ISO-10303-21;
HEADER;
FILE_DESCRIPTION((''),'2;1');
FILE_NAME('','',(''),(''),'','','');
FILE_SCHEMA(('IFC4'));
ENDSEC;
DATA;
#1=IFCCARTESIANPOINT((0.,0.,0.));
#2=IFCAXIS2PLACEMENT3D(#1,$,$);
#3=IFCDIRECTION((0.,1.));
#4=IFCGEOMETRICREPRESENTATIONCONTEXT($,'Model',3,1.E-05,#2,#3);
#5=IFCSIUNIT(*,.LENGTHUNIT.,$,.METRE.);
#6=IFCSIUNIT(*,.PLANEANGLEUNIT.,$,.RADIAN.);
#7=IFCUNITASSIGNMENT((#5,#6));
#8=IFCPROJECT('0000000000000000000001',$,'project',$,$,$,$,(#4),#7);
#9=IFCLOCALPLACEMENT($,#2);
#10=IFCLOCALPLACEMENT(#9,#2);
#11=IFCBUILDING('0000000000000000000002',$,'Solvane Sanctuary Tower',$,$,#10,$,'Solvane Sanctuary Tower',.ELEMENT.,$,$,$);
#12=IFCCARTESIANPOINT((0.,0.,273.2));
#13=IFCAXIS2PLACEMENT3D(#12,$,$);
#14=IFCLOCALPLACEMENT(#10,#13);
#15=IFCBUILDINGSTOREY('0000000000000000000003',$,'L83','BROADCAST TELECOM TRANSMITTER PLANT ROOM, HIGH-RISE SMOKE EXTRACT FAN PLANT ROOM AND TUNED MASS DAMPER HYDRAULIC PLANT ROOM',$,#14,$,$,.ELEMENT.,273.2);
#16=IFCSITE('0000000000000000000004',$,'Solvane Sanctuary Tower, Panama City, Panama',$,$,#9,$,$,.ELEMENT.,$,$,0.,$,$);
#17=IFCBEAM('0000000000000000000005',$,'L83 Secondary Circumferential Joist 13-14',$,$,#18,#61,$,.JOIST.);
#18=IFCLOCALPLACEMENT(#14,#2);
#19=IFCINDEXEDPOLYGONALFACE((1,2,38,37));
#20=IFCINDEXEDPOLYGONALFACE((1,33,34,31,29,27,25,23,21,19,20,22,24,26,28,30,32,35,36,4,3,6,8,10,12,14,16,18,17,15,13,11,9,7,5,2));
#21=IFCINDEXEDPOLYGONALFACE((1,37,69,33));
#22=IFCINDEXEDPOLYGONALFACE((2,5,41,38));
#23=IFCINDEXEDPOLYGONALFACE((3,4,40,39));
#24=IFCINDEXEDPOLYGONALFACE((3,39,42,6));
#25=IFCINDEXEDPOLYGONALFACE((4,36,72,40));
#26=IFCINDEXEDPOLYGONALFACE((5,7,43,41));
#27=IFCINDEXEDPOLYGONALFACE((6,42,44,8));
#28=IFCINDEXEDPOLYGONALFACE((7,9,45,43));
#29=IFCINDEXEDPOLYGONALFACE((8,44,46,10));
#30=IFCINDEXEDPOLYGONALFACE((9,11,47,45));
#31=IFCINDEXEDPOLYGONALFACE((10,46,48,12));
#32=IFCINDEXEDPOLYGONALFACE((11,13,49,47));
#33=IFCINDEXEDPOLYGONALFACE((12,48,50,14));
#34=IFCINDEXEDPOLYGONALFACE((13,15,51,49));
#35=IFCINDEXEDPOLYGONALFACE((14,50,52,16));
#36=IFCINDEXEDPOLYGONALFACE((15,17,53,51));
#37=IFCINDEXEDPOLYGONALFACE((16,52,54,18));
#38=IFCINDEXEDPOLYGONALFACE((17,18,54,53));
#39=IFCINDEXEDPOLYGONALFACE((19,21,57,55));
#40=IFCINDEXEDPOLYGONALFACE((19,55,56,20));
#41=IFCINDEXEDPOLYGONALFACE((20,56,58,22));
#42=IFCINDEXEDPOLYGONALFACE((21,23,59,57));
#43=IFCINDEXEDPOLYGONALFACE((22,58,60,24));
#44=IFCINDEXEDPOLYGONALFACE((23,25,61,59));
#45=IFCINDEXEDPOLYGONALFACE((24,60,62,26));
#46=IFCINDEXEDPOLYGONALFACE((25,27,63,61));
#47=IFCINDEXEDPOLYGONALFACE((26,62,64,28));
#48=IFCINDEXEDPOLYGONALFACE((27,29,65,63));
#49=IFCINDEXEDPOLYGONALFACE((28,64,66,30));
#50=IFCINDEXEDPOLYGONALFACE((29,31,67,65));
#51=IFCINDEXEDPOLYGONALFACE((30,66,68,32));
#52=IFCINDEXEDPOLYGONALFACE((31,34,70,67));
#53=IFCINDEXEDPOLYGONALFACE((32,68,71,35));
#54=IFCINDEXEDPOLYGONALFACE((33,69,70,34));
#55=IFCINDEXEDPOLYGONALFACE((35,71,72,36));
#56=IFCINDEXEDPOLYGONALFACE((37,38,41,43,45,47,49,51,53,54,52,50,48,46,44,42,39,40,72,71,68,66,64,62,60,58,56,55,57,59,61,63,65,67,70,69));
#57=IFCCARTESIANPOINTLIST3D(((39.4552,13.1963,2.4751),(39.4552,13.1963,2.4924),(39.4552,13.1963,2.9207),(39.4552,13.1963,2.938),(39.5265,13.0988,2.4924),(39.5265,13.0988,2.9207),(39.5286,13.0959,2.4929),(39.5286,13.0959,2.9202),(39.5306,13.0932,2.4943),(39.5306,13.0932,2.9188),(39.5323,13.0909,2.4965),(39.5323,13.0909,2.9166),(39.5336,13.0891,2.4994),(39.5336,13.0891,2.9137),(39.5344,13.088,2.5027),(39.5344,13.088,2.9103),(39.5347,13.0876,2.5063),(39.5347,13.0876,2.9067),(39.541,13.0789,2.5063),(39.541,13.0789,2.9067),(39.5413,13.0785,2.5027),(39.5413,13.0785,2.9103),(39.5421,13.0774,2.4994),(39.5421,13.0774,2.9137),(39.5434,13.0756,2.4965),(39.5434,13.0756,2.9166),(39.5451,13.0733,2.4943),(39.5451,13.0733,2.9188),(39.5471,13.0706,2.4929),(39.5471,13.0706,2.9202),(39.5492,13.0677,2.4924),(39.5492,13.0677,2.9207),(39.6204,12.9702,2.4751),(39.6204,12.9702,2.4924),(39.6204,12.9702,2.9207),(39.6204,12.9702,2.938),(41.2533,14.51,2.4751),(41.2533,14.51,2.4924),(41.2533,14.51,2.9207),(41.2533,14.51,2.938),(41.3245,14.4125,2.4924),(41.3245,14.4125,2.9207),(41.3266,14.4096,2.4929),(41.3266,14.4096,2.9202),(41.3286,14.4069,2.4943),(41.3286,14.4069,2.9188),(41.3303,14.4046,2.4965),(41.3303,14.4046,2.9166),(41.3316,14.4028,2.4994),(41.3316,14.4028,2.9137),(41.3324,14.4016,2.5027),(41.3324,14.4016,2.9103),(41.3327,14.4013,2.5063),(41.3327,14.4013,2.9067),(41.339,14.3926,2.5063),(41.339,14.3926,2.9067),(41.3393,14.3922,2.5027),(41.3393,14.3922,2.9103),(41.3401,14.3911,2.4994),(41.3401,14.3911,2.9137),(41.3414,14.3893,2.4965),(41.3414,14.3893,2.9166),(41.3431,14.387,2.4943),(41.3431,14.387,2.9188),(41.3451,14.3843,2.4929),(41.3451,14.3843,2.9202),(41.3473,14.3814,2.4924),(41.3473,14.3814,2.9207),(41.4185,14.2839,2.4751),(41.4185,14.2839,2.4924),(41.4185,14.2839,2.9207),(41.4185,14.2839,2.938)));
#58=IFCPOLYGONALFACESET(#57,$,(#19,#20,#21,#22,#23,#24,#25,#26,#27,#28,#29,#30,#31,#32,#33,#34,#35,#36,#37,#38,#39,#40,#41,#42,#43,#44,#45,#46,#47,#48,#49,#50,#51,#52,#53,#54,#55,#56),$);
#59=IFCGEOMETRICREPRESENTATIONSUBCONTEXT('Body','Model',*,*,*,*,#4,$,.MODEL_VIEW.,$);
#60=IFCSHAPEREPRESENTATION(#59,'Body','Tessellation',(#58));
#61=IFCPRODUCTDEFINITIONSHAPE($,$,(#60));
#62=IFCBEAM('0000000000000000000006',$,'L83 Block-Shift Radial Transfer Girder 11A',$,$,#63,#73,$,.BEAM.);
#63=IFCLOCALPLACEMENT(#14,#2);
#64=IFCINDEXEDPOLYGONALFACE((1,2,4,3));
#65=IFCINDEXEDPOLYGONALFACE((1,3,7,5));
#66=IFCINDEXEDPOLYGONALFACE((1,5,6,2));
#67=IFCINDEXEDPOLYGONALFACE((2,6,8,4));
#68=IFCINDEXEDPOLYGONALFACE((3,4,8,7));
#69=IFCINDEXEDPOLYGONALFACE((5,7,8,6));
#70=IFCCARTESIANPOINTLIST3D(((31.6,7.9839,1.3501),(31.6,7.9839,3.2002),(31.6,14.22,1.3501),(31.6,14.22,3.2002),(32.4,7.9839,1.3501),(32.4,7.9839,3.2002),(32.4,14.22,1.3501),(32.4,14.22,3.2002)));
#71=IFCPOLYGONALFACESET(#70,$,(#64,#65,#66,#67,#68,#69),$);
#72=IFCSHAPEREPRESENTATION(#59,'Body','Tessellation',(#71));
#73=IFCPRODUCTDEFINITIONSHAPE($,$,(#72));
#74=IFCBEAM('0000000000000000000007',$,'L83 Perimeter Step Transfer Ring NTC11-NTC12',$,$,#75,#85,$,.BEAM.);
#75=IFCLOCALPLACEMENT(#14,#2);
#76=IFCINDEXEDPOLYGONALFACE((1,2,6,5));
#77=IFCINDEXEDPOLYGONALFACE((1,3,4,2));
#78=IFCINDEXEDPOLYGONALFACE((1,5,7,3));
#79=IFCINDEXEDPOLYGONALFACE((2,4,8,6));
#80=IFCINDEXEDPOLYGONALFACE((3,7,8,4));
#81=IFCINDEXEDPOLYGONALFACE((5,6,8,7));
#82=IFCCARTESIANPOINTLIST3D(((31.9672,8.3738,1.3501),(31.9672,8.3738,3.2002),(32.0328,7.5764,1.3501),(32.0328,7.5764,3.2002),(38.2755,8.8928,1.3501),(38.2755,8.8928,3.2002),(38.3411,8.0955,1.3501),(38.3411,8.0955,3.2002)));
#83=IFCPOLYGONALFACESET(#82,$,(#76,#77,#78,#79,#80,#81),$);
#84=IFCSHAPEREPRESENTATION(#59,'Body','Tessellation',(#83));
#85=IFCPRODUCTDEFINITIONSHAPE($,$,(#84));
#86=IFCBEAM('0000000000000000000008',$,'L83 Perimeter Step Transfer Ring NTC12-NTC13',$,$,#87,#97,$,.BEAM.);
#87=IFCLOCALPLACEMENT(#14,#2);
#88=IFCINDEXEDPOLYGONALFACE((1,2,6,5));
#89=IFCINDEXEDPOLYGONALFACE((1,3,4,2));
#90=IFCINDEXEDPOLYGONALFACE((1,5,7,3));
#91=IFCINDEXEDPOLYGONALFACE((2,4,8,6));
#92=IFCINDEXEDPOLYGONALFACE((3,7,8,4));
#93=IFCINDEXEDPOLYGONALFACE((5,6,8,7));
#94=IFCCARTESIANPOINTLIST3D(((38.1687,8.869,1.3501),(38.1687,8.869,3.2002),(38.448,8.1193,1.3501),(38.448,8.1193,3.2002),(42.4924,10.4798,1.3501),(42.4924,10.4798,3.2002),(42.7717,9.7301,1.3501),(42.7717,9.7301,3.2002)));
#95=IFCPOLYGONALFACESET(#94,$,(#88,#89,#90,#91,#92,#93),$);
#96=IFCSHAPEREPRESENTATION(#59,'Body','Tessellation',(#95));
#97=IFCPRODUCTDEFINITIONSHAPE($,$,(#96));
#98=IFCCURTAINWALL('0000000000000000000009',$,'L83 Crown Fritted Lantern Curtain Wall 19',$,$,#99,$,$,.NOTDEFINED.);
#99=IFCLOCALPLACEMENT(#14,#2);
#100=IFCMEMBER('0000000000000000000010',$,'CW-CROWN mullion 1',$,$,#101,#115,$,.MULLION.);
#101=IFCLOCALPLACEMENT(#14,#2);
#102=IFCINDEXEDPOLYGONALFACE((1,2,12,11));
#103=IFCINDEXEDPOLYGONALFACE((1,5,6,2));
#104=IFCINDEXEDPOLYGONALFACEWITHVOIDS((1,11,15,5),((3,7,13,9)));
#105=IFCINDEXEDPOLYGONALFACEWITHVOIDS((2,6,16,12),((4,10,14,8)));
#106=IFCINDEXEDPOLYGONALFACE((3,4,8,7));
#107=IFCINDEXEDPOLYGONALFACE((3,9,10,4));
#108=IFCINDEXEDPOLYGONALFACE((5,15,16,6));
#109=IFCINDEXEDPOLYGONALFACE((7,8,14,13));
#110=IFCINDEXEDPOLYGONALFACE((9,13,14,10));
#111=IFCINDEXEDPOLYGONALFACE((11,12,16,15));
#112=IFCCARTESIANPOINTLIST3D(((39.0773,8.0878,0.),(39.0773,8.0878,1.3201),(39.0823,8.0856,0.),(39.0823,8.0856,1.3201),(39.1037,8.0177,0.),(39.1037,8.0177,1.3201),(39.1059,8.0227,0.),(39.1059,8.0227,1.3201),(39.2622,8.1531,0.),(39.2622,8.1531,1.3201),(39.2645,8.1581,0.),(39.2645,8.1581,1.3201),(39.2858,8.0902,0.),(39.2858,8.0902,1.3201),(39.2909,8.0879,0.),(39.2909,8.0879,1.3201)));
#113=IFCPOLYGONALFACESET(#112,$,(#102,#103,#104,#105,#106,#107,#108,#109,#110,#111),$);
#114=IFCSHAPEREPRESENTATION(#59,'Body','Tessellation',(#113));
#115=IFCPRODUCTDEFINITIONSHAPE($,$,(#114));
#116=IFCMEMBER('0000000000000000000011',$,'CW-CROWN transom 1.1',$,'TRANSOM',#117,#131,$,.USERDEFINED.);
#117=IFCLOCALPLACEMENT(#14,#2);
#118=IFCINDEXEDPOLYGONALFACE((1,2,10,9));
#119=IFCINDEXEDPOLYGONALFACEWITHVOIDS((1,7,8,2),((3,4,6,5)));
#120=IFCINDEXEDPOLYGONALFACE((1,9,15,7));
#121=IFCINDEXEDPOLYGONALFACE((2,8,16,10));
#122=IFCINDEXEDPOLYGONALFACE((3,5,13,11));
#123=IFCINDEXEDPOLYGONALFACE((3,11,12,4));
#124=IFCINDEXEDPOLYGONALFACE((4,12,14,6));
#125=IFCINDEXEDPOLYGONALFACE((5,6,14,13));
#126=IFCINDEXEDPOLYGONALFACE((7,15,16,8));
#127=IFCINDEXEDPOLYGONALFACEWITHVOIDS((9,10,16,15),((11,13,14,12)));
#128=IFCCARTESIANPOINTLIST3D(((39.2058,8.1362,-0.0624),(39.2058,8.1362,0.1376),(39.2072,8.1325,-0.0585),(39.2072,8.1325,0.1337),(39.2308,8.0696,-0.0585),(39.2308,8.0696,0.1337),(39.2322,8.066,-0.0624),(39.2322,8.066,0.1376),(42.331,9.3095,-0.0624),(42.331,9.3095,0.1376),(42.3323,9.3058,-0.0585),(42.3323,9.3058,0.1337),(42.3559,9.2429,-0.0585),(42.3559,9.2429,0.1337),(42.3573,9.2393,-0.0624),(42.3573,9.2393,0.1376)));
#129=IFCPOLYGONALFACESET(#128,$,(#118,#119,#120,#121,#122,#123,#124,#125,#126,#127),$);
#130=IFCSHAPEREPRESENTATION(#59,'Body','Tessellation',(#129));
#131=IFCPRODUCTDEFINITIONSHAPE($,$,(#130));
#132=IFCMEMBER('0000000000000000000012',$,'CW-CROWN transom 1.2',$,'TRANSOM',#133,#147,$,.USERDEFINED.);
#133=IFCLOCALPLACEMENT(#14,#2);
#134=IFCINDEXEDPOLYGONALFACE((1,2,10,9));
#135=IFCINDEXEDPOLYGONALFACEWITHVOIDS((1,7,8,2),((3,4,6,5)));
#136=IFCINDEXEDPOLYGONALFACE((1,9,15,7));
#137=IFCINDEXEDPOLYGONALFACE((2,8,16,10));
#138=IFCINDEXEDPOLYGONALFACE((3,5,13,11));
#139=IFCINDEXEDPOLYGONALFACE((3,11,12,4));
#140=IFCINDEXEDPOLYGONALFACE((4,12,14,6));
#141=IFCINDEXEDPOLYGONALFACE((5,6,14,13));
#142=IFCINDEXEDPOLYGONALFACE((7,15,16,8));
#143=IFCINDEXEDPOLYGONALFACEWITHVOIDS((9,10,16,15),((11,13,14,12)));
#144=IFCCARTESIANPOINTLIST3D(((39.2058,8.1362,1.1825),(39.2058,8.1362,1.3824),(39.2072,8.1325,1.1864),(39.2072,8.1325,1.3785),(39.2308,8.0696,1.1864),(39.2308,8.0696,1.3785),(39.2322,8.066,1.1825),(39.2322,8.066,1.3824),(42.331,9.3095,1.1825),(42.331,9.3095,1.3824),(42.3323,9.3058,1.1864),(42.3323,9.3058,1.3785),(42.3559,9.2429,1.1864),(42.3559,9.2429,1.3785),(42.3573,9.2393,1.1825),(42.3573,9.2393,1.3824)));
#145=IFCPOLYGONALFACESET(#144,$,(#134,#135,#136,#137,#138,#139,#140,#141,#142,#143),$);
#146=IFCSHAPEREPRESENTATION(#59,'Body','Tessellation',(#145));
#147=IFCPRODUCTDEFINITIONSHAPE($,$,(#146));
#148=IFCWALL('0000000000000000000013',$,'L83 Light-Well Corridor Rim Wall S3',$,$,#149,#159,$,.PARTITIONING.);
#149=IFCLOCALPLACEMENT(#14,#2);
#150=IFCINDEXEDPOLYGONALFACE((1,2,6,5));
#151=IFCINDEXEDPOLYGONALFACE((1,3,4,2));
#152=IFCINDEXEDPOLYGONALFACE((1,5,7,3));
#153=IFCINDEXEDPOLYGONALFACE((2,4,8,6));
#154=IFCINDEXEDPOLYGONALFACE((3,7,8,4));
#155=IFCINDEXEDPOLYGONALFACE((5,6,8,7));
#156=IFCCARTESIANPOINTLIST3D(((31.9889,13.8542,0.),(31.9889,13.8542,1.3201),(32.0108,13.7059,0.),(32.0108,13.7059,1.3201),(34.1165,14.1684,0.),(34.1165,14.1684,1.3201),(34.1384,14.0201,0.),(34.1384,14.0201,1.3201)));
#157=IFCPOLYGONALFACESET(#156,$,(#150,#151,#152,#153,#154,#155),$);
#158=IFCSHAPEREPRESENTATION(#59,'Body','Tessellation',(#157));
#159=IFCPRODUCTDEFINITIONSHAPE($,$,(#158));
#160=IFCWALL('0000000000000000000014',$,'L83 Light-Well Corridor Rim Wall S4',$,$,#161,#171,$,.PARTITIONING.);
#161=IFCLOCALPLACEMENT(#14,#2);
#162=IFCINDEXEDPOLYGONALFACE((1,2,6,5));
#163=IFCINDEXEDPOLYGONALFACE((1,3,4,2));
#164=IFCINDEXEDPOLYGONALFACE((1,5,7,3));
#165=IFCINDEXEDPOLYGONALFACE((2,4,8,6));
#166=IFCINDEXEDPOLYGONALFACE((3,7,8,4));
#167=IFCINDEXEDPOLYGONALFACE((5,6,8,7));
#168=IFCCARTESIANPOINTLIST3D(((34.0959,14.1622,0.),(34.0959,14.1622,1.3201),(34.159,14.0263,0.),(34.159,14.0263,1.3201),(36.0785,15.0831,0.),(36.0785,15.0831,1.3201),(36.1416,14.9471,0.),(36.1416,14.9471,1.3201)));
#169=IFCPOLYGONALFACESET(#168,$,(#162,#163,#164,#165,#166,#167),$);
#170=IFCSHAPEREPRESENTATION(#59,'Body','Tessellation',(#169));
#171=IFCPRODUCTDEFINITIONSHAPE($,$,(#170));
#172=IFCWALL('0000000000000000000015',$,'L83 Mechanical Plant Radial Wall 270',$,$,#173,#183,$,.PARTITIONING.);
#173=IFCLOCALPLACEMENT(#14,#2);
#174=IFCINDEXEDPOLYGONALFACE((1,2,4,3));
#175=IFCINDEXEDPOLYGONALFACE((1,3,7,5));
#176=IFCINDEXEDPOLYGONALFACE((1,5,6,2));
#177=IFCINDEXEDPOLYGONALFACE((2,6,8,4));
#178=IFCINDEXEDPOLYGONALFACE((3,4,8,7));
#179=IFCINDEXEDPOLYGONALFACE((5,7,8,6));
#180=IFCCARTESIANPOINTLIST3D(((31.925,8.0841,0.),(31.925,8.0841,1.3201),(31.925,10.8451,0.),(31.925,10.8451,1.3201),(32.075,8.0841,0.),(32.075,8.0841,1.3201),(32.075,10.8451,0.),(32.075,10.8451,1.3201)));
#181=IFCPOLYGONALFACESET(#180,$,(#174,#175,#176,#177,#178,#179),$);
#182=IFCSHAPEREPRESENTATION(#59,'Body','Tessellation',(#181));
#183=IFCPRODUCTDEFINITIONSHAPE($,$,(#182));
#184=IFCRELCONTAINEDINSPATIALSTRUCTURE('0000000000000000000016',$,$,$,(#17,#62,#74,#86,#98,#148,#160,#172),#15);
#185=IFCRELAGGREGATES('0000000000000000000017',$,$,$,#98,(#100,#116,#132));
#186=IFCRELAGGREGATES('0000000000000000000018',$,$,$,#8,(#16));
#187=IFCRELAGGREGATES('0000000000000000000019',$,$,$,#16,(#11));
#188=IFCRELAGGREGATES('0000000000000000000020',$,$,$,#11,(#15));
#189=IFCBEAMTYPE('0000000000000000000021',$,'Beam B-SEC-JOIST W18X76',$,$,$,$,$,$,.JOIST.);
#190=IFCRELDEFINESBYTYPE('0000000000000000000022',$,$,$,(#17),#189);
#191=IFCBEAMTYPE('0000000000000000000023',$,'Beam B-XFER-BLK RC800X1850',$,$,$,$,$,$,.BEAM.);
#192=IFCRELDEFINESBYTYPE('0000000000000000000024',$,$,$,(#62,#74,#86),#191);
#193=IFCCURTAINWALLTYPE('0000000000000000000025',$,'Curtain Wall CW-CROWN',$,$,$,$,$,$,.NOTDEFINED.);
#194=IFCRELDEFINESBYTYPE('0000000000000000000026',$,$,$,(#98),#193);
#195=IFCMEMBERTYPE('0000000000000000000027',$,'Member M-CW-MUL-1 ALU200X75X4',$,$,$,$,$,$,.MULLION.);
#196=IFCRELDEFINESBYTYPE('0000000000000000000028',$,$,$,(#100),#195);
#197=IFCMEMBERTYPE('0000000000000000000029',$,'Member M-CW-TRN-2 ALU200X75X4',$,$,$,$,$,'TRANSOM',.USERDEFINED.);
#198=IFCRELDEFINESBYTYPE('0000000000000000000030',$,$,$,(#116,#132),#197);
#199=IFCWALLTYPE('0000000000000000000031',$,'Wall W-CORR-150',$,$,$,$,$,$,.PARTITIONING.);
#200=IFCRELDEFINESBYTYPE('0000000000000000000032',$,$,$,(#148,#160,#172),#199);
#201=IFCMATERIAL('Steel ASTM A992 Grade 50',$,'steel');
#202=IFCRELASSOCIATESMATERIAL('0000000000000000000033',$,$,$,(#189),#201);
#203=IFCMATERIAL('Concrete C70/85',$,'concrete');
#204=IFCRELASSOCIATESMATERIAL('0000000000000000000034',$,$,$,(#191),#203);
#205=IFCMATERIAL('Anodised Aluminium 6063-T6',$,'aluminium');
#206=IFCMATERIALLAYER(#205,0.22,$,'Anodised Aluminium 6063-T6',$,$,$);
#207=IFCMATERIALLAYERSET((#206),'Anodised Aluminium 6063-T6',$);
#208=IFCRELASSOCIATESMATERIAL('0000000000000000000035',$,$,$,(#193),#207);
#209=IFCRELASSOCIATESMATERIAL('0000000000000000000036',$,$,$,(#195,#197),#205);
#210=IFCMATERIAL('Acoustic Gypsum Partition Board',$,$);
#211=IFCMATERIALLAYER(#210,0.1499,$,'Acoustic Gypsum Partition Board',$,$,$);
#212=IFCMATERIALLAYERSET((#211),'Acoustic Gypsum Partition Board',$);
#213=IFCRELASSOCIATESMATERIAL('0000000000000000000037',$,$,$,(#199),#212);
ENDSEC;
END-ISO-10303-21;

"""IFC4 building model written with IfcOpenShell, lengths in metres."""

from ifc_helpers import new_model, si_unit, direction, frame, frame_2d, origin, origin_2d, place, context, subcontext, project, spatial, rectangle, hollow_rectangle, i_section, extrude, material, layer, layer_set, material_profile, profile_set, type_object, element, aggregate, save


model = new_model("IFC4")

# Units and contexts
model_context = context("Model", 3, precision=1e-05, world=origin(), true_north=direction((0.0, 1.0)))
body_context = subcontext(model_context, "Body", "Model", "MODEL_VIEW")
ifc_project = project(units=[si_unit("LENGTHUNIT", "METRE"), si_unit("PLANEANGLEUNIT", "RADIAN")], contexts=[model_context])

# Site, building, storey
site_placement = place(None, origin())
site = spatial("IfcSite", under=ifc_project, at=site_placement, Name="Solvane Sanctuary Tower, Panama City, Panama", CompositionType="ELEMENT", RefElevation=0.0)
building_placement = place(site_placement, origin())
building = spatial("IfcBuilding", under=site, at=building_placement, Name="Solvane Sanctuary Tower", LongName="Solvane Sanctuary Tower", CompositionType="ELEMENT")
storey_placement = place(building_placement, frame((0.0, 0.0, 273.2)))
storey = spatial("IfcBuildingStorey", under=building, at=storey_placement, Name="L83", Description="BROADCAST TELECOM TRANSMITTER PLANT ROOM, HIGH-RISE SMOKE EXTRACT FAN PLANT ROOM AND TUNED MASS DAMPER HYDRAULIC PLANT ROOM", CompositionType="ELEMENT", Elevation=273.2)

# Beams
ifc_material_1 = material(Name="Steel ASTM A992 Grade 50", Category="steel")
ifc_material_profile_1 = material_profile(ifc_material_1, i_section(OverallWidth=0.28, OverallDepth=0.4629, WebThickness=0.0107, FlangeThickness=0.0173, FilletRadius=0.0139, at=origin_2d()), Name="W18X76")
ifc_profile_set_1 = profile_set([ifc_material_profile_1], Name="Steel ASTM A992 Grade 50")
beam_type_1 = type_object("IfcBeamType", Name="Beam B-SEC-JOIST W18X76", PredefinedType="JOIST", material=ifc_profile_set_1)
beam_1_placement = place(storey_placement, frame((39.5378, 13.0833, 2.7065), z_axis=(0.807449, 0.589937, 0.0), x_axis=(-0.589937, 0.807449, 0.0)))
element("IfcBeam", 1, at=beam_1_placement, inside=storey, type_object=beam_type_1, Name="L83 Secondary Circumferential Joist 13-14", PredefinedType="JOIST", context=body_context, shape_type="SweptSolid", body=[
    extrude(i_section(OverallWidth=0.28, OverallDepth=0.4629, WebThickness=0.0107, FlangeThickness=0.0173, FilletRadius=0.0139, at=origin_2d()), origin(), (0.0, 0.0, 1.0), 2.2268),
])
ifc_material_2 = material(Name="Concrete C70/85", Category="concrete")
ifc_material_profile_2 = material_profile(ifc_material_2, rectangle(XDim=0.8, YDim=1.8501, at=origin_2d()), Name="RC800X1850")
ifc_profile_set_2 = profile_set([ifc_material_profile_2], Name="Concrete C70/85")
beam_type_2 = type_object("IfcBeamType", Name="Beam B-XFER-BLK RC800X1850", PredefinedType="BEAM", material=ifc_profile_set_2)
beam_2_placement = place(storey_placement, frame((32.0, 14.22, 2.2751), z_axis=(0.0, -1.0, 0.0), x_axis=(1.0, 0.0, 0.0)))
element("IfcBeam", 2, at=beam_2_placement, inside=storey, type_object=beam_type_2, Name="L83 Block-Shift Radial Transfer Girder 11A", PredefinedType="BEAM", context=body_context, shape_type="SweptSolid", body=[
    extrude(rectangle(XDim=0.8, YDim=1.8501, at=origin_2d()), origin(), (0.0, 0.0, 1.0), 6.2361),
])
beam_3_placement = place(storey_placement, frame((32.0, 7.9751, 2.2751), z_axis=(0.996632, 0.082002, 0.0), x_axis=(-0.082002, 0.996632, 0.0)))
element("IfcBeam", 3, at=beam_3_placement, inside=storey, type_object=beam_type_2, Name="L83 Perimeter Step Transfer Ring NTC11-NTC12", PredefinedType="BEAM", context=body_context, shape_type="SweptSolid", body=[
    extrude(rectangle(XDim=0.8, YDim=1.8501, at=origin_2d()), origin(), (0.0, 0.0, 1.0), 6.3296),
])
beam_4_placement = place(storey_placement, frame((38.3083, 8.4941, 2.2751), z_axis=(0.937079, 0.349116, 0.0), x_axis=(-0.349116, 0.937079, 0.0)))
element("IfcBeam", 4, at=beam_4_placement, inside=storey, type_object=beam_type_2, Name="L83 Perimeter Step Transfer Ring NTC12-NTC13", PredefinedType="BEAM", context=body_context, shape_type="SweptSolid", body=[
    extrude(rectangle(XDim=0.8, YDim=1.8501, at=origin_2d()), origin(), (0.0, 0.0, 1.0), 4.614),
])

# Curtain wall, members
ifc_material_3 = material(Name="Anodised Aluminium 6063-T6", Category="aluminium")
ifc_layer_1 = layer(ifc_material_3, 0.22, Name="Anodised Aluminium 6063-T6")
ifc_layer_set_1 = layer_set([ifc_layer_1], Name="Anodised Aluminium 6063-T6")
curtain_wall_type = type_object("IfcCurtainWallType", Name="Curtain Wall CW-CROWN", PredefinedType="NOTDEFINED", material=ifc_layer_set_1)
curtain_wall_placement = place(storey_placement, origin())
curtain_wall = element("IfcCurtainWall", 5, at=curtain_wall_placement, inside=storey, type_object=curtain_wall_type, Name="L83 Crown Fritted Lantern Curtain Wall 19", PredefinedType="NOTDEFINED")
ifc_material_profile_3 = material_profile(ifc_material_3, hollow_rectangle(XDim=0.075, YDim=0.2, WallThickness=0.0039, at=origin_2d()), Name="ALU200X75X4")
ifc_profile_set_3 = profile_set([ifc_material_profile_3], Name="Anodised Aluminium 6063-T6")
member_type_1 = type_object("IfcMemberType", Name="Member M-CW-MUL-1 ALU200X75X4", PredefinedType="MULLION", material=ifc_profile_set_3)
member_1_placement = place(storey_placement, frame((39.1841, 8.0879, 0.0), z_axis=(0.0, 0.0, 1.0), x_axis=(-0.351475, 0.936197, 0.0)))
member_1 = element("IfcMember", 6, at=member_1_placement, type_object=member_type_1, Name="CW-CROWN mullion 1", PredefinedType="MULLION", context=body_context, shape_type="SweptSolid", body=[
    extrude(hollow_rectangle(XDim=0.075, YDim=0.2, WallThickness=0.0039, at=origin_2d()), origin(), (0.0, 0.0, 1.0), 1.3201),
])
ifc_material_profile_4 = material_profile(ifc_material_3, hollow_rectangle(XDim=0.075, YDim=0.2, WallThickness=0.0039, at=origin_2d()), Name="ALU200X75X4")
ifc_profile_set_4 = profile_set([ifc_material_profile_4], Name="Anodised Aluminium 6063-T6")
member_type_2 = type_object("IfcMemberType", Name="Member M-CW-TRN-2 ALU200X75X4", ElementType="TRANSOM", PredefinedType="USERDEFINED", material=ifc_profile_set_4)
member_2_placement = place(storey_placement, frame((39.219, 8.1011, 0.0376), z_axis=(0.936194, 0.351484, 0.0), x_axis=(-0.351484, 0.936194, 0.0)))
member_2 = element("IfcMember", 7, at=member_2_placement, type_object=member_type_2, Name="CW-CROWN transom 1.1", ObjectType="TRANSOM", PredefinedType="USERDEFINED", context=body_context, shape_type="SweptSolid", body=[
    extrude(hollow_rectangle(XDim=0.075, YDim=0.2, WallThickness=0.0039, at=origin_2d()), origin(), (0.0, 0.0, 1.0), 3.3381),
])
member_3_placement = place(storey_placement, frame((39.219, 8.1011, 1.2825), z_axis=(0.936194, 0.351484, 0.0), x_axis=(-0.351484, 0.936194, 0.0)))
member_3 = element("IfcMember", 8, at=member_3_placement, type_object=member_type_2, Name="CW-CROWN transom 1.2", ObjectType="TRANSOM", PredefinedType="USERDEFINED", context=body_context, shape_type="SweptSolid", body=[
    extrude(hollow_rectangle(XDim=0.075, YDim=0.2, WallThickness=0.0039, at=origin_2d()), origin(), (0.0, 0.0, 1.0), 3.3381),
])
aggregate(curtain_wall, [member_1, member_2, member_3])

# Walls
ifc_material_4 = material(Name="Acoustic Gypsum Partition Board")
ifc_layer_2 = layer(ifc_material_4, 0.1499, Name="Acoustic Gypsum Partition Board")
ifc_layer_set_2 = layer_set([ifc_layer_2], Name="Acoustic Gypsum Partition Board")
wall_type_1 = type_object("IfcWallType", Name="Wall W-CORR-150", PredefinedType="PARTITIONING", material=ifc_layer_set_2)
wall_1_placement = place(storey_placement, frame((32.0, 13.78, 0.0), z_axis=(0.0, 0.0, 1.0), x_axis=(0.989269, 0.146108, 0.0)))
element("IfcWall", 9, at=wall_1_placement, inside=storey, type_object=wall_type_1, Name="L83 Light-Well Corridor Rim Wall S3", PredefinedType="PARTITIONING", context=body_context, shape_type="SweptSolid", body=[
    extrude(rectangle(XDim=2.1506, YDim=0.1499, at=frame_2d((1.0752, 0.0))), origin(), (0.0, 0.0, 1.0), 1.3201),
])
wall_2_placement = place(storey_placement, frame((34.1274, 14.0942, 0.0), z_axis=(0.0, 0.0, 1.0), x_axis=(0.906943, 0.421252, 0.0)))
element("IfcWall", 10, at=wall_2_placement, inside=storey, type_object=wall_type_1, Name="L83 Light-Well Corridor Rim Wall S4", PredefinedType="PARTITIONING", context=body_context, shape_type="SweptSolid", body=[
    extrude(rectangle(XDim=2.186, YDim=0.1499, at=frame_2d((1.093, 0.0))), origin(), (0.0, 0.0, 1.0), 1.3201),
])
wall_3_placement = place(storey_placement, frame((32.0, 10.845, 0.0), z_axis=(0.0, 0.0, 1.0), x_axis=(0.0, -1.0, 0.0)))
element("IfcWall", 11, at=wall_3_placement, inside=storey, type_object=wall_type_1, Name="L83 Mechanical Plant Radial Wall 270", PredefinedType="PARTITIONING", context=body_context, shape_type="SweptSolid", body=[
    extrude(rectangle(XDim=2.761, YDim=0.1499, at=frame_2d((1.3804, 0.0))), origin(), (0.0, 0.0, 1.0), 1.3201),
])

save(model, "model.ifc")
